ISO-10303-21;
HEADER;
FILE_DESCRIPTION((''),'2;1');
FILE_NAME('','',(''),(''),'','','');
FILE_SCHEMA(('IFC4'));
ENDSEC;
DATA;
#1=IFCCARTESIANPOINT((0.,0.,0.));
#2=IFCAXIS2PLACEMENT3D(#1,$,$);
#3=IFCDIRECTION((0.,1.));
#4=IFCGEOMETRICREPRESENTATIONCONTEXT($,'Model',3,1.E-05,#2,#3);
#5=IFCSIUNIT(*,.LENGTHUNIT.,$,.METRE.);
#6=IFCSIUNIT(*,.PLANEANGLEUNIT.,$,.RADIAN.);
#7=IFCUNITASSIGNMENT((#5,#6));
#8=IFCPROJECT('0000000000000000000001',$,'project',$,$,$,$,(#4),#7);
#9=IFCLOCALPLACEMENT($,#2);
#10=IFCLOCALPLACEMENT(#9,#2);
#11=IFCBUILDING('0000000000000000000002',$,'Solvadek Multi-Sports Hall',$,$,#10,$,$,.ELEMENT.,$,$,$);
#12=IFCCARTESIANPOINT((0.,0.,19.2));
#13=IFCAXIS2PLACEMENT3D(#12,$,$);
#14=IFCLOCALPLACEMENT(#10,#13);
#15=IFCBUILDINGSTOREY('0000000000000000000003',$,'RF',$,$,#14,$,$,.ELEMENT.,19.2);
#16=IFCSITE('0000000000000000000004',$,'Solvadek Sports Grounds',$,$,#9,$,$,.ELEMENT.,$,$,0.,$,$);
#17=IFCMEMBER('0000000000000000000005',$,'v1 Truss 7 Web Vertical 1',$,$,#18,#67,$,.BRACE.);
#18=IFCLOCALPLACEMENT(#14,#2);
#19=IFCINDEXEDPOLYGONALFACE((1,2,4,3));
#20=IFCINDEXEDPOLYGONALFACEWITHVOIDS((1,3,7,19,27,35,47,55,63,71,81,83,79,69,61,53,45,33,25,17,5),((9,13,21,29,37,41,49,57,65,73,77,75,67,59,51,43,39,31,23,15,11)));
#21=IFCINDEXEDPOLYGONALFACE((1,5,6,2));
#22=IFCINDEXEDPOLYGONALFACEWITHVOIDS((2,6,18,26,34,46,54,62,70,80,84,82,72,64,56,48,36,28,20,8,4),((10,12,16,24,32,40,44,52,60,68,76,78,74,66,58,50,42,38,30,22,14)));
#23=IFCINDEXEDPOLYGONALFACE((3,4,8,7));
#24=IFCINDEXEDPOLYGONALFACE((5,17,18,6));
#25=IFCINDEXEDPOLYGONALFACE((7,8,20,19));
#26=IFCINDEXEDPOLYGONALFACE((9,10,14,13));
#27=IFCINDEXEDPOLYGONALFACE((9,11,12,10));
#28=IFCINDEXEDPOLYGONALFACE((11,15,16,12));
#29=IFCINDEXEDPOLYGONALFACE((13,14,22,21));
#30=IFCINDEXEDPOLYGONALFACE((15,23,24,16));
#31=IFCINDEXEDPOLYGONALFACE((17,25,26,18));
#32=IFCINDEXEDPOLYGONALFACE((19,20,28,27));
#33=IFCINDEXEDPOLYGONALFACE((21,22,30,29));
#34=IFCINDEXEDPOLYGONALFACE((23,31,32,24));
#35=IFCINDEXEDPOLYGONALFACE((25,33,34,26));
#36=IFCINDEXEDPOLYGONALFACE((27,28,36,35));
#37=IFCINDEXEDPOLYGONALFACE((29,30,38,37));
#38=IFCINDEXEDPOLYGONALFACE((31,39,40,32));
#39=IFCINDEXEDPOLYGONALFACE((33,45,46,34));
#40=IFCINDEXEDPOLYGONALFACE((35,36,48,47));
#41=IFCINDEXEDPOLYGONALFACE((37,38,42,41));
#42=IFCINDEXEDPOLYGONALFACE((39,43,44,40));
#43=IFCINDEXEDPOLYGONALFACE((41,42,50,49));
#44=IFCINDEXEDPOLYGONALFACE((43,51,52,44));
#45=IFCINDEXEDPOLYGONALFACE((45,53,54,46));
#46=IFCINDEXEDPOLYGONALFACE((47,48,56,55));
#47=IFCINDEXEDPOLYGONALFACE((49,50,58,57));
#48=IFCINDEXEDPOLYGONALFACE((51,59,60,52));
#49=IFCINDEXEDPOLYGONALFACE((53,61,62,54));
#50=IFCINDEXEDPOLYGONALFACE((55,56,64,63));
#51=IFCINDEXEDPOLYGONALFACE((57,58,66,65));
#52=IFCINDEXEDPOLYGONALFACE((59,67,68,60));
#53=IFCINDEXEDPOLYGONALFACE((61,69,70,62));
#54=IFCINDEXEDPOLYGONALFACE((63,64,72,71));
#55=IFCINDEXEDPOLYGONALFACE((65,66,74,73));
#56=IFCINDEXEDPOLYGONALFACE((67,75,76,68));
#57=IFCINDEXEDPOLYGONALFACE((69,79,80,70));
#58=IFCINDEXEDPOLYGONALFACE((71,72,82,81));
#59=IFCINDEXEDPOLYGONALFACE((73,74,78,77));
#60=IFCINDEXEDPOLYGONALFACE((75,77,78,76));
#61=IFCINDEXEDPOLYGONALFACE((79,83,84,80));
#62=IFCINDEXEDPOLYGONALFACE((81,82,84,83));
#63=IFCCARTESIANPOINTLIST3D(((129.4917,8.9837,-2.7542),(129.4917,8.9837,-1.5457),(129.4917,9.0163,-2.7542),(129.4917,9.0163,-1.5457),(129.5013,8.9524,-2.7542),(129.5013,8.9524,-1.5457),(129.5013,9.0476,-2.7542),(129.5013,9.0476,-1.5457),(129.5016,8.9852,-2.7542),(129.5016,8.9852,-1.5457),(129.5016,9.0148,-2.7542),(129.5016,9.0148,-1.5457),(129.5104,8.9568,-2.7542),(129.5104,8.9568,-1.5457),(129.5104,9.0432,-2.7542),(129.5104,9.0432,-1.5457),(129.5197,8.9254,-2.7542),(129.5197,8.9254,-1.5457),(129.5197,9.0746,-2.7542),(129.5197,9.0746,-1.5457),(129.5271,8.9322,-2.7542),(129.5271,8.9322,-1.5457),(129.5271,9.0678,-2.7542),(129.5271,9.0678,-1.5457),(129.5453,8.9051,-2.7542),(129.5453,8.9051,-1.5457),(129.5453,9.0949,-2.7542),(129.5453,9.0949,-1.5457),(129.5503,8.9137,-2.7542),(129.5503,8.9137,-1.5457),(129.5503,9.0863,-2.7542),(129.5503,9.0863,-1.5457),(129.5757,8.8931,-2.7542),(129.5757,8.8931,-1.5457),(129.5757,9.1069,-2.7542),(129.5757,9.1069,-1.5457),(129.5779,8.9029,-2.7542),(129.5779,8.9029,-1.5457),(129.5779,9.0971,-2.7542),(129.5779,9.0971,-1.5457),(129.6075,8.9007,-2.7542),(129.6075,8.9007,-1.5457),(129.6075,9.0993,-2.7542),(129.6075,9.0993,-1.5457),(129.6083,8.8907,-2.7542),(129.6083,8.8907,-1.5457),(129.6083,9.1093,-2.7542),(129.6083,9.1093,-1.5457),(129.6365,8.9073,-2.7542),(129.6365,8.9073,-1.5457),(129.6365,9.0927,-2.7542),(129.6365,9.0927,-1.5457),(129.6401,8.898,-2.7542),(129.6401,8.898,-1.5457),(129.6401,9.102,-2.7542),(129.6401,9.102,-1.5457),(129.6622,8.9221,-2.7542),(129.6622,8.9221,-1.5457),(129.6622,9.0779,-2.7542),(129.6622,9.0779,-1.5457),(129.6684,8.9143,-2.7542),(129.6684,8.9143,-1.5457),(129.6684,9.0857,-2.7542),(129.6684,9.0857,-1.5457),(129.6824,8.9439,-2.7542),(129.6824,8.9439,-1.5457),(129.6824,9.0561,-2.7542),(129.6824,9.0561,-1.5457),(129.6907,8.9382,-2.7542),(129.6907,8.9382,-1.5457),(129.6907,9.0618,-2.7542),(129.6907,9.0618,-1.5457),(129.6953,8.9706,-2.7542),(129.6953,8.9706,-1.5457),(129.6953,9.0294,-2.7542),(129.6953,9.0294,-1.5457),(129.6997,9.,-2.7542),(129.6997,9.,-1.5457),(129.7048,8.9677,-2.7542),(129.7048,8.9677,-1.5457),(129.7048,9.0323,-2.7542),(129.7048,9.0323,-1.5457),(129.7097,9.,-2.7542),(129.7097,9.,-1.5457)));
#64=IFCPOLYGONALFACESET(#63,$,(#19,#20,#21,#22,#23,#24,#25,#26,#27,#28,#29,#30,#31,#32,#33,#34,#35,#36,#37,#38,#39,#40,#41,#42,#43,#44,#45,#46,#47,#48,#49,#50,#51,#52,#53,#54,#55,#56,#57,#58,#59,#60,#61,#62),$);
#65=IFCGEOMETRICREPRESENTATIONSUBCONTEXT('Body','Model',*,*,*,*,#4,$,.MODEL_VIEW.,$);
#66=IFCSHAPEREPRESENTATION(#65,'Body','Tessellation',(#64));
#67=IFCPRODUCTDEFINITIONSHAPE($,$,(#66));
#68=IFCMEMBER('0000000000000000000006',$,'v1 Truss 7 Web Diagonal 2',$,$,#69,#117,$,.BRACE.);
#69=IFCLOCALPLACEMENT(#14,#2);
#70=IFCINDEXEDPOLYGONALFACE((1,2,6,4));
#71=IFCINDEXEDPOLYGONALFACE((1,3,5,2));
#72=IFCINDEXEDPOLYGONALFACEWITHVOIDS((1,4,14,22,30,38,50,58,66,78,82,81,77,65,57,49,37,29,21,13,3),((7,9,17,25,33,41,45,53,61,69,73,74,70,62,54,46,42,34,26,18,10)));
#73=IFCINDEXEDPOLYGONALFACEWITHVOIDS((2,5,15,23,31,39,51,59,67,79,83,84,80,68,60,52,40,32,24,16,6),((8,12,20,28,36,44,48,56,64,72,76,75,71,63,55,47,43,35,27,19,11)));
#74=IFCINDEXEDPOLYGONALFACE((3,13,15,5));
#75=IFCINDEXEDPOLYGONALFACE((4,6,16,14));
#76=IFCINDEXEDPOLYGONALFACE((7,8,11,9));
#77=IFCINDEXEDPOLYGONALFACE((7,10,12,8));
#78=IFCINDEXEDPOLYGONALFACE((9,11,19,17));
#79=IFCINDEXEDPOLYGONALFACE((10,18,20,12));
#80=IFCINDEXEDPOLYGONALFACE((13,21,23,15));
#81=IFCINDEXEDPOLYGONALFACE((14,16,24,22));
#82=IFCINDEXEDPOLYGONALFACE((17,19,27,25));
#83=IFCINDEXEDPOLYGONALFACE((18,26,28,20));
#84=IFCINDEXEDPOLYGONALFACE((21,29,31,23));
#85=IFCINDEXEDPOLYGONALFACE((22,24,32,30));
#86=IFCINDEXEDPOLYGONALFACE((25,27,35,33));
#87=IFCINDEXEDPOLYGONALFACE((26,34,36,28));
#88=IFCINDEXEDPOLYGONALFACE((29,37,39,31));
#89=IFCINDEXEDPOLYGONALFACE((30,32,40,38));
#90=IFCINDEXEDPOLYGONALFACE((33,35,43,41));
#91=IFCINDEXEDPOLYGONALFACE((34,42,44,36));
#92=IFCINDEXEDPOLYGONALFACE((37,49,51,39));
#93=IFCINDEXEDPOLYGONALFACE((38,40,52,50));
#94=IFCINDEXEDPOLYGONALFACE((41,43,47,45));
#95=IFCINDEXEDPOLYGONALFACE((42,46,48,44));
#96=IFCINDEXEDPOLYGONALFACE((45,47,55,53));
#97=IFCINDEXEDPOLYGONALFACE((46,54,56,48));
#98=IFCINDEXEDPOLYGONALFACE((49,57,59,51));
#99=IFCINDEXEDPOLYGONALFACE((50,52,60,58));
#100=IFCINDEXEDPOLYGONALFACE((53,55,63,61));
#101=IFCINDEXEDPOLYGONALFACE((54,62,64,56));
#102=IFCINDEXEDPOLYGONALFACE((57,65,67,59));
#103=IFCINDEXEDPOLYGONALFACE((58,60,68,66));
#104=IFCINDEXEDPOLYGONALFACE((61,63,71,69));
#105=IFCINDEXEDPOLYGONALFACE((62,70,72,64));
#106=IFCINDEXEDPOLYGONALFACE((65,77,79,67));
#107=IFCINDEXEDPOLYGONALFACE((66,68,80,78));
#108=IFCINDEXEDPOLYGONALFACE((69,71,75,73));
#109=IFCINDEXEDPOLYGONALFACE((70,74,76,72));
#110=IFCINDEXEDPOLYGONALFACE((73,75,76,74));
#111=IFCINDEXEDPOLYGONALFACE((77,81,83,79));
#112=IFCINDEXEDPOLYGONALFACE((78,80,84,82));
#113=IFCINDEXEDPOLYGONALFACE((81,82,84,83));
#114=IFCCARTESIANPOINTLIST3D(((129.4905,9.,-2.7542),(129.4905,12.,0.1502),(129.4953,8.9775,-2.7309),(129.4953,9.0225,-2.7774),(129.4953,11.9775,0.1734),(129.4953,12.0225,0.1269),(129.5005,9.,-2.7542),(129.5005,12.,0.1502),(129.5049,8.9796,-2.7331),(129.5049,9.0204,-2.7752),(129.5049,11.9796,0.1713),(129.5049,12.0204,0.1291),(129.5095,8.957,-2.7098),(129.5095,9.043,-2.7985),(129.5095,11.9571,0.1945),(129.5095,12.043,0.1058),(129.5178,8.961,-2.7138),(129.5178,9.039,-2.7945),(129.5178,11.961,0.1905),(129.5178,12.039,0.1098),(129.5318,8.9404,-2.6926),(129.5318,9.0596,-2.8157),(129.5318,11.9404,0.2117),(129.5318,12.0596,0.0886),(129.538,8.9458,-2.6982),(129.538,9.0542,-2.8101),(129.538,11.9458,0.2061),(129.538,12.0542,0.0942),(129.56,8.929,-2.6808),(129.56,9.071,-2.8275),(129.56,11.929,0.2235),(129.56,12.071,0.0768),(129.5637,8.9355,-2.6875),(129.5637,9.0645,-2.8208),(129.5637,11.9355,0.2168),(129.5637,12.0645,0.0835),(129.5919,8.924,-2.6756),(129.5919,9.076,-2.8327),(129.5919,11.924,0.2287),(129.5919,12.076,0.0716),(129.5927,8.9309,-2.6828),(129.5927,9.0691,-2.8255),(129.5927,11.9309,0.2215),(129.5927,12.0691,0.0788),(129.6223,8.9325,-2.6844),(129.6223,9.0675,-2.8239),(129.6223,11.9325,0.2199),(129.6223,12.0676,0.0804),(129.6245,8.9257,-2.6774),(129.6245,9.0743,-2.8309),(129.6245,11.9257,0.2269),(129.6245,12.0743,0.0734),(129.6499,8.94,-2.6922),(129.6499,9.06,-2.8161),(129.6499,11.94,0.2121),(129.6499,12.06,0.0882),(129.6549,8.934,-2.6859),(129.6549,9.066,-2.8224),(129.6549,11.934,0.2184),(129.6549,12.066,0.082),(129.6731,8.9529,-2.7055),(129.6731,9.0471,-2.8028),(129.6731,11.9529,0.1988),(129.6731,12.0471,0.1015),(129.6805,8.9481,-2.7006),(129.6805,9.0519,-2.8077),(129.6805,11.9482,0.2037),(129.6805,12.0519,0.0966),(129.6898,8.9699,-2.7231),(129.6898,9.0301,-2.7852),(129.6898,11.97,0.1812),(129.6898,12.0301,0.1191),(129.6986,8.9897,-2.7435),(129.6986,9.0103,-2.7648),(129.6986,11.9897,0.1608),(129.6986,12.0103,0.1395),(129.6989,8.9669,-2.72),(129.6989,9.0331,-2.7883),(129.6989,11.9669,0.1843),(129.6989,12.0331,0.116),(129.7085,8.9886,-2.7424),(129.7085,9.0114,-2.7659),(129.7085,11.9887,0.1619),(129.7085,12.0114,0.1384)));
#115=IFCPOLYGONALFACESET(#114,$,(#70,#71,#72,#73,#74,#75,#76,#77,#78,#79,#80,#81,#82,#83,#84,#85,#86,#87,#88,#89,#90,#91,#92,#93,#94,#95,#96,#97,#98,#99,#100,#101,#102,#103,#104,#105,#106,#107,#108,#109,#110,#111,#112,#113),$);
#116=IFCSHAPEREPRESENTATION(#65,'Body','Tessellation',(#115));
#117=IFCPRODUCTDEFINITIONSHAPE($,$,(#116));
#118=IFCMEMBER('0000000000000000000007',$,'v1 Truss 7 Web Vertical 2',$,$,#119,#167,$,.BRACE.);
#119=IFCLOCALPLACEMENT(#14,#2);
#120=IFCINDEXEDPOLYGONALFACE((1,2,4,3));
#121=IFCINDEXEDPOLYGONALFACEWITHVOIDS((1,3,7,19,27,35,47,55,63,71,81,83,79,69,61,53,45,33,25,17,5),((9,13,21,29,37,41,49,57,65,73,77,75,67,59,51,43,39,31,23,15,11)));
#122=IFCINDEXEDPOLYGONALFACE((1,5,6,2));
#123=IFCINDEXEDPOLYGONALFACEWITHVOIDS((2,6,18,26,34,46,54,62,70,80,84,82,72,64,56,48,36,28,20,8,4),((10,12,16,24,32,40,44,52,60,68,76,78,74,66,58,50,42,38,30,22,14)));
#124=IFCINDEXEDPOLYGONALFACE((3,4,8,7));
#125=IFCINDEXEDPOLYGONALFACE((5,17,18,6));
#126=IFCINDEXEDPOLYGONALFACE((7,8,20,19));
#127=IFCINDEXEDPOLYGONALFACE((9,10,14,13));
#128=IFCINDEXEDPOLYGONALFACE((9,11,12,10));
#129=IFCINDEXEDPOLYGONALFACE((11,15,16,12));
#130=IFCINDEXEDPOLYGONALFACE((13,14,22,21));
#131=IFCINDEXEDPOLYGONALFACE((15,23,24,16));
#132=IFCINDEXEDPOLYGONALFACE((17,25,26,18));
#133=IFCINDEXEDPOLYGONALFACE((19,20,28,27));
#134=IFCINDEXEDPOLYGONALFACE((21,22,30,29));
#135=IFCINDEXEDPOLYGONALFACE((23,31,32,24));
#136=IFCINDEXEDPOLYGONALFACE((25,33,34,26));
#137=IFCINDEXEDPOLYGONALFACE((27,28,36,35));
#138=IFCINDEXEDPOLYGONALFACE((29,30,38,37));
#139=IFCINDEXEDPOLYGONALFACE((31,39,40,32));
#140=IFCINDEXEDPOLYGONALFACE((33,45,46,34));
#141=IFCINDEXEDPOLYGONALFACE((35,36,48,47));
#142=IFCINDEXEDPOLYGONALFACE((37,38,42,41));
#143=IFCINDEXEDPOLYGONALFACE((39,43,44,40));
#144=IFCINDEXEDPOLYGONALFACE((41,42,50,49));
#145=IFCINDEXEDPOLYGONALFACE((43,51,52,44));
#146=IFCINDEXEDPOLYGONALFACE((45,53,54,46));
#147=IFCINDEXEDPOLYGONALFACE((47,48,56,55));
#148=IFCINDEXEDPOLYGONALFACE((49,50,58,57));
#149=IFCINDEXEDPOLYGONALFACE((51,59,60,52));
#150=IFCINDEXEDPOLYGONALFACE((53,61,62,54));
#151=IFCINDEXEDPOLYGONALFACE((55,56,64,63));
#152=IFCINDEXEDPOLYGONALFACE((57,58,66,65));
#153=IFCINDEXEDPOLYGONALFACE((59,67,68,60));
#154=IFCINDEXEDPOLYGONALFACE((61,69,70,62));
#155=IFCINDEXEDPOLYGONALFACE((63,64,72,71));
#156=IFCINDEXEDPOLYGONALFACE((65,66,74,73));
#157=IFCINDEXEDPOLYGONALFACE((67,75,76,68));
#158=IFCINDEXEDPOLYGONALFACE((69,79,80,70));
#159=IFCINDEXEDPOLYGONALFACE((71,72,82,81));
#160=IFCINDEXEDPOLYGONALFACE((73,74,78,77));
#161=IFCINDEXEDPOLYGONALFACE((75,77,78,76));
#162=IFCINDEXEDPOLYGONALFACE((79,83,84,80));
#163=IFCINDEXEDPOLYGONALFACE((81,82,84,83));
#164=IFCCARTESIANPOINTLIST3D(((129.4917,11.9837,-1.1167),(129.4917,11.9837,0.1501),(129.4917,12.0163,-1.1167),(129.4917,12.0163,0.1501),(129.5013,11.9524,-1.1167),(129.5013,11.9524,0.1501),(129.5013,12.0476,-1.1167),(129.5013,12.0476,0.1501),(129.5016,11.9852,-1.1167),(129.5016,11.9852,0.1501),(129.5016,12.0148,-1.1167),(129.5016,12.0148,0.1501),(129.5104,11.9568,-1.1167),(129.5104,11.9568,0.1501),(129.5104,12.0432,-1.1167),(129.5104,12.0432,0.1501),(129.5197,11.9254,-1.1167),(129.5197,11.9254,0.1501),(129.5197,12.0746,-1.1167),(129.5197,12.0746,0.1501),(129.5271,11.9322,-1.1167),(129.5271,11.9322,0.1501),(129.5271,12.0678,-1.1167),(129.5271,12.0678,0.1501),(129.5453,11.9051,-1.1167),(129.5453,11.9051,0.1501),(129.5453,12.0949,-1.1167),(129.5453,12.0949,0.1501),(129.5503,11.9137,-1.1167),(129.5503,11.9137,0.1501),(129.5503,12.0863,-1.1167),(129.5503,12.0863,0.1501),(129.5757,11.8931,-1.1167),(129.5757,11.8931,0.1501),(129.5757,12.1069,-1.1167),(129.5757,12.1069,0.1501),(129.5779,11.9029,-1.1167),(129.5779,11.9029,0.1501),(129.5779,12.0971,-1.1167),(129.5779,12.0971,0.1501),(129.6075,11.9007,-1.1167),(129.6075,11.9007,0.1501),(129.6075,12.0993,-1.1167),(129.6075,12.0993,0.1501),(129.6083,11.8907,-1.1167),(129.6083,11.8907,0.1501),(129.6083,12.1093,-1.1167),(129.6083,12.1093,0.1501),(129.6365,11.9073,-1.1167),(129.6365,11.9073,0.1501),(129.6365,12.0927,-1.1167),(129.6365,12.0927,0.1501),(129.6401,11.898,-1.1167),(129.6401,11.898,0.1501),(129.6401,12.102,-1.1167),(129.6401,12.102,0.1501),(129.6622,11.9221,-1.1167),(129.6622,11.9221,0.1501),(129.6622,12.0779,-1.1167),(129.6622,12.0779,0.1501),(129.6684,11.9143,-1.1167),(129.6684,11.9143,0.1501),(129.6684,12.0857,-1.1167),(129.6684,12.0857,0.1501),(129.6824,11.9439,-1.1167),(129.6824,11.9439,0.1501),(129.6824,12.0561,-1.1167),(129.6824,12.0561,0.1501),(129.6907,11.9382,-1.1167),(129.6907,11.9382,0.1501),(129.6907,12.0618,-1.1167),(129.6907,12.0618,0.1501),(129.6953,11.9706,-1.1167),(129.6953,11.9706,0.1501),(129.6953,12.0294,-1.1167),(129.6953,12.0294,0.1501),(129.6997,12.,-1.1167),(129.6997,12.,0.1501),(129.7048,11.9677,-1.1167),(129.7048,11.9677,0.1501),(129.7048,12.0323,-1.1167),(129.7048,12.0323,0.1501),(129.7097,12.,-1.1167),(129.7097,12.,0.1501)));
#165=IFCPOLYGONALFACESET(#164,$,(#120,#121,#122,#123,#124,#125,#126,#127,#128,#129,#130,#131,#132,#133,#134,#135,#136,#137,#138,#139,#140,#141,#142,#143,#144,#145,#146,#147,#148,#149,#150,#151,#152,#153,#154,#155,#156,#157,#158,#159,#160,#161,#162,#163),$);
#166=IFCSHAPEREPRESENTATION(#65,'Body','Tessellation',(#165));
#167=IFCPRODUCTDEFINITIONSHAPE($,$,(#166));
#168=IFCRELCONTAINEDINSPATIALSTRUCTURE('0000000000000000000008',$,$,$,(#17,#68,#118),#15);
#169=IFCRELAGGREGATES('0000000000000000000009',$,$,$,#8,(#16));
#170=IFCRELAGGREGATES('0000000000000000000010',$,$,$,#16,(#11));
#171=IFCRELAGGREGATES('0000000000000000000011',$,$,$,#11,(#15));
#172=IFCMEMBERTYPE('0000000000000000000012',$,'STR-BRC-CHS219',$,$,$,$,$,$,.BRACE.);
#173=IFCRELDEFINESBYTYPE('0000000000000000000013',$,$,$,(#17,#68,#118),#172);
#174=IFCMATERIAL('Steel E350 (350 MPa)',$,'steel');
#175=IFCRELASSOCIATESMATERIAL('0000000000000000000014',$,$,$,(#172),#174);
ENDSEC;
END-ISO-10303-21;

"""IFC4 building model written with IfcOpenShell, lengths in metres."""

from ifc_helpers import new_model, si_unit, direction, frame, origin, origin_2d, place, context, subcontext, project, spatial, hollow_circle, extrude, material, material_profile, profile_set, type_object, element, save


model = new_model("IFC4")

# Units and contexts
model_context = context("Model", 3, precision=1e-05, world=origin(), true_north=direction((0.0, 1.0)))
body_context = subcontext(model_context, "Body", "Model", "MODEL_VIEW")
ifc_project = project(units=[si_unit("LENGTHUNIT", "METRE"), si_unit("PLANEANGLEUNIT", "RADIAN")], contexts=[model_context])

# Site, building, storey
site_placement = place(None, origin())
site = spatial("IfcSite", under=ifc_project, at=site_placement, Name="Solvadek Sports Grounds", CompositionType="ELEMENT", RefElevation=0.0)
building_placement = place(site_placement, origin())
building = spatial("IfcBuilding", under=site, at=building_placement, Name="Solvadek Multi-Sports Hall", CompositionType="ELEMENT")
storey_placement = place(building_placement, frame((0.0, 0.0, 19.2)))
storey = spatial("IfcBuildingStorey", under=building, at=storey_placement, Name="RF", CompositionType="ELEMENT", Elevation=19.2)

# Shared definitions
ifc_material_1 = material(Name="Steel E350 (350 MPa)", Category="steel")

# Members
ifc_material_profile_1 = material_profile(ifc_material_1, hollow_circle(Radius=0.1096, WallThickness=0.01, at=origin_2d()), Name="CHS 219.1x10")
ifc_profile_set_1 = profile_set([ifc_material_profile_1], Name="Steel E350 (350 MPa)")
member_type_1 = type_object("IfcMemberType", Name="STR-BRC-CHS219", PredefinedType="BRACE", material=ifc_profile_set_1)
member_1_placement = place(storey_placement, frame((129.6001, 9.0, -2.7542), z_axis=(0.0, 0.0, 1.0), x_axis=(1.0, 0.0, 0.0)))
element("IfcMember", 1, at=member_1_placement, inside=storey, type_object=member_type_1, Name="v1 Truss 7 Web Vertical 1", PredefinedType="BRACE", context=body_context, shape_type="SweptSolid", body=[
    extrude(hollow_circle(Radius=0.1096, WallThickness=0.01, at=origin_2d()), origin(), (0.0, 0.0, 1.0), 1.2085),
])
member_2_placement = place(storey_placement, frame((129.6001, 9.0, -2.7542), z_axis=(0.0, 0.718474, 0.695554), x_axis=(-1.0, 0.0, 0.0)))
element("IfcMember", 2, at=member_2_placement, inside=storey, type_object=member_type_1, Name="v1 Truss 7 Web Diagonal 2", PredefinedType="BRACE", context=body_context, shape_type="SweptSolid", body=[
    extrude(hollow_circle(Radius=0.1096, WallThickness=0.01, at=origin_2d()), origin(), (0.0, 0.0, 1.0), 4.1755),
])
member_3_placement = place(storey_placement, frame((129.6001, 12.0, -1.1167), z_axis=(0.0, 0.0, 1.0), x_axis=(1.0, 0.0, 0.0)))
element("IfcMember", 3, at=member_3_placement, inside=storey, type_object=member_type_1, Name="v1 Truss 7 Web Vertical 2", PredefinedType="BRACE", context=body_context, shape_type="SweptSolid", body=[
    extrude(hollow_circle(Radius=0.1096, WallThickness=0.01, at=origin_2d()), origin(), (0.0, 0.0, 1.0), 1.2668),
])

save(model, "model.ifc")
